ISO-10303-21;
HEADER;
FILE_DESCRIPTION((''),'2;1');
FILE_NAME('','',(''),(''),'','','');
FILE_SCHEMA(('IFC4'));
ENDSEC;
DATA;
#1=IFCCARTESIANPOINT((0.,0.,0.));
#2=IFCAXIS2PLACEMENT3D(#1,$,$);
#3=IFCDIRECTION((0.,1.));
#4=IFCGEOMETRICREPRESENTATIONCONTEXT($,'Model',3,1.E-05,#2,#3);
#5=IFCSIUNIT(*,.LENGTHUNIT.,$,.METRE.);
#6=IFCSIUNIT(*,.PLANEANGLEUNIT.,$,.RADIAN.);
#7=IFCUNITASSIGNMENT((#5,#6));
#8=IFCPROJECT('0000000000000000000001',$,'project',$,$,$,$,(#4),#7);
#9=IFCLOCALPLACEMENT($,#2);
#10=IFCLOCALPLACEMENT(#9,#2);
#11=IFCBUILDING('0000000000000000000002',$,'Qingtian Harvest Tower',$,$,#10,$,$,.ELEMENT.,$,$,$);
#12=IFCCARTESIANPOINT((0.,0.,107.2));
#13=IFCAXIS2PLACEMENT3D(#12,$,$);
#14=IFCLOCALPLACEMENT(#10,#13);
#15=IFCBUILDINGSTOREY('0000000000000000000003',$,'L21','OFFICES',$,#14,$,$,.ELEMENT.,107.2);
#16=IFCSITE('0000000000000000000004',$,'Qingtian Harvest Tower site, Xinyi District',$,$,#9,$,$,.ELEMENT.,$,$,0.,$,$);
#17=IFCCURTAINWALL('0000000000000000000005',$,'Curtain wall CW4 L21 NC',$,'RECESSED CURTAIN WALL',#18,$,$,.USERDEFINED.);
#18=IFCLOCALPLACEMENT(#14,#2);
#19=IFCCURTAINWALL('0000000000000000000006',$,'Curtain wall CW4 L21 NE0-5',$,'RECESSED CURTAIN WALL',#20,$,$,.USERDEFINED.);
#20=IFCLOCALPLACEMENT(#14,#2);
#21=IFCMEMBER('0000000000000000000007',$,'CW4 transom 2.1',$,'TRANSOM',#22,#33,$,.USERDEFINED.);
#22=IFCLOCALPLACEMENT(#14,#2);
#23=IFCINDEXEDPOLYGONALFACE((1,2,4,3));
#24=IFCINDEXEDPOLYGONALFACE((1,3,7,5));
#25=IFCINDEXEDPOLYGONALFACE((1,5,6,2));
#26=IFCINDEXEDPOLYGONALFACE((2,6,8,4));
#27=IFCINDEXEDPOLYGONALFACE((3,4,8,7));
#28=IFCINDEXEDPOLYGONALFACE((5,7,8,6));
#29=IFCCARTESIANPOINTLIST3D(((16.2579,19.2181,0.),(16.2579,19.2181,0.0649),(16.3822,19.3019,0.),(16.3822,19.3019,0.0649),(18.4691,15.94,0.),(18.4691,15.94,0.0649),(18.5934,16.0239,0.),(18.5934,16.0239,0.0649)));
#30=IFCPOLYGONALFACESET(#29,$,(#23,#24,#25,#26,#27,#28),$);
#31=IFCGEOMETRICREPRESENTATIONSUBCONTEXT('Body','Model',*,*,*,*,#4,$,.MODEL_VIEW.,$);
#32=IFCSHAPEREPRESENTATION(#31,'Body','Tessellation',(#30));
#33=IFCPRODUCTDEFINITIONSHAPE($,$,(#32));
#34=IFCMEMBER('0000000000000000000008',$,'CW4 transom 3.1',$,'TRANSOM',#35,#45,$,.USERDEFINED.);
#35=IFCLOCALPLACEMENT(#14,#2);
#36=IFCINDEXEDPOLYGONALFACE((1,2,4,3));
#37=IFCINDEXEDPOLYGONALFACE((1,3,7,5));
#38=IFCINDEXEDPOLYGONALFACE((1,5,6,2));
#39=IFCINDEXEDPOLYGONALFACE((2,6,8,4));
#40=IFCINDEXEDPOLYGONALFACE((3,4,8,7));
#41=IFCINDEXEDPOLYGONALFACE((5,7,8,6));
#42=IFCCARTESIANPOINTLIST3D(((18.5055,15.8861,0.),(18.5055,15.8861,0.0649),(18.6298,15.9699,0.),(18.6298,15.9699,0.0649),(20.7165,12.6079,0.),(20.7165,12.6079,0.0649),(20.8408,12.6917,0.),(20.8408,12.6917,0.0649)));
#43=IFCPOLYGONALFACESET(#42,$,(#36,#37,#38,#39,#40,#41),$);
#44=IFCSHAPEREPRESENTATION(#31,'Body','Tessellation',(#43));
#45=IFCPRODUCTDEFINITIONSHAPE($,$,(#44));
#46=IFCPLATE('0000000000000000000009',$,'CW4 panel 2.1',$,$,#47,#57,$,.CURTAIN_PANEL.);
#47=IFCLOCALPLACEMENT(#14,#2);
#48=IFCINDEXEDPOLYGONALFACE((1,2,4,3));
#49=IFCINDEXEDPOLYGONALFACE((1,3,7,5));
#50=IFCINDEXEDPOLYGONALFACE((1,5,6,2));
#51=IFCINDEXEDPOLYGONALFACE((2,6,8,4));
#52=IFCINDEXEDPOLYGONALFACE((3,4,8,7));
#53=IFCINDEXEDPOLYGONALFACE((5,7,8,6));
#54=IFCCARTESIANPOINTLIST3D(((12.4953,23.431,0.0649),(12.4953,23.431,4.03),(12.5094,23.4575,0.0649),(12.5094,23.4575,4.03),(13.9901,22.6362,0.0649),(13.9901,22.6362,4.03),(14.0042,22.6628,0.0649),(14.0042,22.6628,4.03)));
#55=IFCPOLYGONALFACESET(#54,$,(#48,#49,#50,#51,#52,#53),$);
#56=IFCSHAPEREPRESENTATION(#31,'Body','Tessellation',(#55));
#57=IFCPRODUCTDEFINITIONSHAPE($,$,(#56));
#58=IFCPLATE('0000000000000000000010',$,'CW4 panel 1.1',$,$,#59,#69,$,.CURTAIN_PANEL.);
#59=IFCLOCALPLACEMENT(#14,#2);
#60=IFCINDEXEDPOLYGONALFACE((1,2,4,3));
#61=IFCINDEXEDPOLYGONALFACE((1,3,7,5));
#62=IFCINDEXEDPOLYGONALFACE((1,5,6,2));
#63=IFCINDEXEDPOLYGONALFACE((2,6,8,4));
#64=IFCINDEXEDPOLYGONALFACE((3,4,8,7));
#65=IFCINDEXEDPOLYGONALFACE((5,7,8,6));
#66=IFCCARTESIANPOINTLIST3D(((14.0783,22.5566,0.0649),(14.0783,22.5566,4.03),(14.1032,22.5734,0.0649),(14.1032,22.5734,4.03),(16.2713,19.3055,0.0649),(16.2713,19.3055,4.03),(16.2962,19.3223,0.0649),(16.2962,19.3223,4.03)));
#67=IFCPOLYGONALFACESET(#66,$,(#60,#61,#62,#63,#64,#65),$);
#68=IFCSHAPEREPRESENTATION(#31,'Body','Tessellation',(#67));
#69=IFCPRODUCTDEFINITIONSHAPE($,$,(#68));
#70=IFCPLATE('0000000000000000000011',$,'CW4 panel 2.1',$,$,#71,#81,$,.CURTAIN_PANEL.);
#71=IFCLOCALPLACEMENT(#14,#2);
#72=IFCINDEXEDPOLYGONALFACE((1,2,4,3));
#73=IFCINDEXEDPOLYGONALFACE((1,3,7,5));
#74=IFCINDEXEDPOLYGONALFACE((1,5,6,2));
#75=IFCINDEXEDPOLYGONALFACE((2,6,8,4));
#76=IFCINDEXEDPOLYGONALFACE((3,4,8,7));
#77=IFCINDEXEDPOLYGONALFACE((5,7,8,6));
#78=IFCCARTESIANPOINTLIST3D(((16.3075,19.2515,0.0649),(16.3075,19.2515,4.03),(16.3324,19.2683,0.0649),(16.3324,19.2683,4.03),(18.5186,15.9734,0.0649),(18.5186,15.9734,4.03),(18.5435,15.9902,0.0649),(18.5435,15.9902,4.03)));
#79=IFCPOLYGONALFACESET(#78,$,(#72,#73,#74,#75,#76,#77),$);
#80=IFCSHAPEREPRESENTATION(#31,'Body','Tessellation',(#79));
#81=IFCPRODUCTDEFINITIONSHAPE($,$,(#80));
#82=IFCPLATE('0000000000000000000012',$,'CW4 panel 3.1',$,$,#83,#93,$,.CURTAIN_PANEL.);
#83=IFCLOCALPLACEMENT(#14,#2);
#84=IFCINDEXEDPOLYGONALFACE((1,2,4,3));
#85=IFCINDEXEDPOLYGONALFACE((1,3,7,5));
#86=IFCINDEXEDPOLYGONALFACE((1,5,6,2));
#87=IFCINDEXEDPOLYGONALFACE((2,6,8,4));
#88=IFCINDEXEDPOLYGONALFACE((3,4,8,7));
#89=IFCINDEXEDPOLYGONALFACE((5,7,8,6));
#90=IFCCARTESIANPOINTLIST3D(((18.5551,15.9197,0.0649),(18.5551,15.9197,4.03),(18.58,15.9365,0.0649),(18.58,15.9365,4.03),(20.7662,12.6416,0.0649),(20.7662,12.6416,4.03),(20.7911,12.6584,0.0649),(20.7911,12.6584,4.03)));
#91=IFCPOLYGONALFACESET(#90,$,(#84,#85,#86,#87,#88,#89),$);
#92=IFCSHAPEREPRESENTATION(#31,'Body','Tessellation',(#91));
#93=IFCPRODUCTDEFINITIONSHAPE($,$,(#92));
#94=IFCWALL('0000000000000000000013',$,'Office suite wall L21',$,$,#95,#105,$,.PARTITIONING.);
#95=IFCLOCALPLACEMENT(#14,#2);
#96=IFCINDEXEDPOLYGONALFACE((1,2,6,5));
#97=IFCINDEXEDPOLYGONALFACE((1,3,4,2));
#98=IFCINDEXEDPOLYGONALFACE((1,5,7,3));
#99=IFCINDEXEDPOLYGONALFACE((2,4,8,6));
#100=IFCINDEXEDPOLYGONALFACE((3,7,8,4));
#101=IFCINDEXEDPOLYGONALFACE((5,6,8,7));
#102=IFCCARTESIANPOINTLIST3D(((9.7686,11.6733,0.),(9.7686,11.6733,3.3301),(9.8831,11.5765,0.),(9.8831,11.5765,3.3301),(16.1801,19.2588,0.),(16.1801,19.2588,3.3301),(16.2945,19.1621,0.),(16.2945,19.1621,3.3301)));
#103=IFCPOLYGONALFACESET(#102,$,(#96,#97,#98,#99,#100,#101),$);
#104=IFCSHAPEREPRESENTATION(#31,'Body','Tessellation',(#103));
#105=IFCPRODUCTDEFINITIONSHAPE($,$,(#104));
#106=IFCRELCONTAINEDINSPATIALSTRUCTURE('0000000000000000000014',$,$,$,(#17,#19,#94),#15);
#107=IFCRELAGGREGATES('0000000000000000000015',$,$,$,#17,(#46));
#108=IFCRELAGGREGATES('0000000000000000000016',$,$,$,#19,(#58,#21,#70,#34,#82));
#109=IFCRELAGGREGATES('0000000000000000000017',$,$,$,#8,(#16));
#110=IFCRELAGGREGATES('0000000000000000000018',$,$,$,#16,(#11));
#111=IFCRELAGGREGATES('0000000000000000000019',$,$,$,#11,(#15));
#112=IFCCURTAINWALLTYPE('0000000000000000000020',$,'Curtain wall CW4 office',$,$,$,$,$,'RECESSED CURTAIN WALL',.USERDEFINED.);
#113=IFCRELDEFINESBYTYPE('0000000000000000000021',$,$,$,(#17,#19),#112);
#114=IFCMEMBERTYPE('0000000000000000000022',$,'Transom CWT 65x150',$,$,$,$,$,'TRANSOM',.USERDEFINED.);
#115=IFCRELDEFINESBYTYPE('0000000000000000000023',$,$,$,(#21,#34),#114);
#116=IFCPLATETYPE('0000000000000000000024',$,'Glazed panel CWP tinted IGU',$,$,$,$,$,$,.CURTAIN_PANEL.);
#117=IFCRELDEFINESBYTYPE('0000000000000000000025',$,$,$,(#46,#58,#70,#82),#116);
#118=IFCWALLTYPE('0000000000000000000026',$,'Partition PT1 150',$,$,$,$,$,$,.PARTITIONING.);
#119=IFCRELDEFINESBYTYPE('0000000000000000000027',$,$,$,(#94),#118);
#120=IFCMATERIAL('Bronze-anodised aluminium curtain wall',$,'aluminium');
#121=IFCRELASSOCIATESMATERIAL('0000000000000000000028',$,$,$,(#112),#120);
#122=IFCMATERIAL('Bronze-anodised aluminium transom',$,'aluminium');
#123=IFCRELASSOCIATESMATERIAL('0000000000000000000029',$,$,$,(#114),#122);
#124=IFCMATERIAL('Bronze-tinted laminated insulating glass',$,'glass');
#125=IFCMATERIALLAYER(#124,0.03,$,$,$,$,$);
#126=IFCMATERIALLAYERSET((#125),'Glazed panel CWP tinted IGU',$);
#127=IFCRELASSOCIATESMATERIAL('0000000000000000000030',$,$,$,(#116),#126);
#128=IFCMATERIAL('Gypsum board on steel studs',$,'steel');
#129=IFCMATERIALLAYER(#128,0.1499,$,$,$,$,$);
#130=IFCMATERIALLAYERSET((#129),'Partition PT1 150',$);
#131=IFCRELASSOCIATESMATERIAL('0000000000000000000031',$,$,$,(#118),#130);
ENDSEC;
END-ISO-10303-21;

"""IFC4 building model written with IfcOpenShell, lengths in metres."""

from ifc_helpers import new_model, si_unit, direction, frame, frame_2d, origin, origin_2d, place, context, subcontext, project, spatial, rectangle, extrude, material, layer, layer_set, material_profile, profile_set, type_object, element, aggregate, save


model = new_model("IFC4")

# Units and contexts
model_context = context("Model", 3, precision=1e-05, world=origin(), true_north=direction((0.0, 1.0)))
body_context = subcontext(model_context, "Body", "Model", "MODEL_VIEW")
ifc_project = project(units=[si_unit("LENGTHUNIT", "METRE"), si_unit("PLANEANGLEUNIT", "RADIAN")], contexts=[model_context])

# Site, building, storey
site_placement = place(None, origin())
site = spatial("IfcSite", under=ifc_project, at=site_placement, Name="Qingtian Harvest Tower site, Xinyi District", CompositionType="ELEMENT", RefElevation=0.0)
building_placement = place(site_placement, origin())
building = spatial("IfcBuilding", under=site, at=building_placement, Name="Qingtian Harvest Tower", CompositionType="ELEMENT")
storey_placement = place(building_placement, frame((0.0, 0.0, 107.2)))
storey = spatial("IfcBuildingStorey", under=building, at=storey_placement, Name="L21", Description="OFFICES", CompositionType="ELEMENT", Elevation=107.2)

# Curtain walls
ifc_material_1 = material(Name="Bronze-anodised aluminium curtain wall", Category="aluminium")
curtain_wall_type = type_object("IfcCurtainWallType", Name="Curtain wall CW4 office", ElementType="RECESSED CURTAIN WALL", PredefinedType="USERDEFINED", material=ifc_material_1)
curtain_wall_1_placement = place(storey_placement, origin())
curtain_wall_1 = element("IfcCurtainWall", 1, at=curtain_wall_1_placement, inside=storey, type_object=curtain_wall_type, Name="Curtain wall CW4 L21 NC", ObjectType="RECESSED CURTAIN WALL", PredefinedType="USERDEFINED")
curtain_wall_2_placement = place(storey_placement, origin())
curtain_wall_2 = element("IfcCurtainWall", 2, at=curtain_wall_2_placement, inside=storey, type_object=curtain_wall_type, Name="Curtain wall CW4 L21 NE0-5", ObjectType="RECESSED CURTAIN WALL", PredefinedType="USERDEFINED")

# Members
ifc_material_2 = material(Name="Bronze-anodised aluminium transom", Category="aluminium")
ifc_material_profile_1 = material_profile(ifc_material_2, rectangle(XDim=0.1499, YDim=0.0649, at=origin_2d()), Name="AL 65x150")
ifc_profile_set_1 = profile_set([ifc_material_profile_1], Name="Bronze-anodised aluminium transom")
member_type_1 = type_object("IfcMemberType", Name="Transom CWT 65x150", ElementType="TRANSOM", PredefinedType="USERDEFINED", material=ifc_profile_set_1)
member_1_placement = place(storey_placement, frame((16.3201, 19.26, 0.0325), z_axis=(0.559209, -0.829027, 0.0), x_axis=(0.829027, 0.559209, 0.0)))
member_1 = element("IfcMember", 3, at=member_1_placement, type_object=member_type_1, Name="CW4 transom 2.1", ObjectType="TRANSOM", PredefinedType="USERDEFINED", context=body_context, shape_type="SweptSolid", body=[
    extrude(rectangle(XDim=0.1499, YDim=0.0649, at=origin_2d()), origin(), (0.0, 0.0, 1.0), 3.9541),
])
member_2_placement = place(storey_placement, frame((18.5676, 15.928, 0.0325), z_axis=(0.559166, -0.829055, 0.0), x_axis=(0.829055, 0.559166, 0.0)))
member_2 = element("IfcMember", 4, at=member_2_placement, type_object=member_type_1, Name="CW4 transom 3.1", ObjectType="TRANSOM", PredefinedType="USERDEFINED", context=body_context, shape_type="SweptSolid", body=[
    extrude(rectangle(XDim=0.1499, YDim=0.0649, at=origin_2d()), origin(), (0.0, 0.0, 1.0), 3.9541),
])

# Plates
ifc_material_3 = material(Name="Bronze-tinted laminated insulating glass", Category="glass")
ifc_layer_1 = layer(ifc_material_3, 0.03)
ifc_layer_set_1 = layer_set([ifc_layer_1], Name="Glazed panel CWP tinted IGU")
plate_type = type_object("IfcPlateType", Name="Glazed panel CWP tinted IGU", PredefinedType="CURTAIN_PANEL", material=ifc_layer_set_1)
plate_1_placement = place(storey_placement, frame((13.2498, 23.0469, 0.0649), z_axis=(0.0, 0.0, 1.0), x_axis=(0.882948, -0.469472, 0.0)))
plate_1 = element("IfcPlate", 5, at=plate_1_placement, type_object=plate_type, Name="CW4 panel 2.1", PredefinedType="CURTAIN_PANEL", context=body_context, shape_type="SweptSolid", body=[
    extrude(rectangle(XDim=1.6929, YDim=0.03, at=origin_2d()), origin(), (0.0, 0.0, 1.0), 3.9651),
])
aggregate(curtain_wall_1, [plate_1])
plate_2_placement = place(storey_placement, frame((15.1873, 20.9395, 0.0649), z_axis=(0.0, 0.0, 1.0), x_axis=(0.559193, -0.829038, 0.0)))
plate_2 = element("IfcPlate", 6, at=plate_2_placement, type_object=plate_type, Name="CW4 panel 1.1", PredefinedType="CURTAIN_PANEL", context=body_context, shape_type="SweptSolid", body=[
    extrude(rectangle(XDim=3.9216, YDim=0.03, at=origin_2d()), origin(), (0.0, 0.0, 1.0), 3.9651),
])
plate_3_placement = place(storey_placement, frame((17.4255, 17.6208, 0.0649), z_axis=(0.0, 0.0, 1.0), x_axis=(0.559193, -0.829038, 0.0)))
plate_3 = element("IfcPlate", 7, at=plate_3_placement, type_object=plate_type, Name="CW4 panel 2.1", PredefinedType="CURTAIN_PANEL", context=body_context, shape_type="SweptSolid", body=[
    extrude(rectangle(XDim=3.9541, YDim=0.03, at=origin_2d()), origin(), (0.0, 0.0, 1.0), 3.9651),
])
plate_4_placement = place(storey_placement, frame((19.6731, 14.2891, 0.0649), z_axis=(0.0, 0.0, 1.0), x_axis=(0.559193, -0.829038, 0.0)))
plate_4 = element("IfcPlate", 8, at=plate_4_placement, type_object=plate_type, Name="CW4 panel 3.1", PredefinedType="CURTAIN_PANEL", context=body_context, shape_type="SweptSolid", body=[
    extrude(rectangle(XDim=3.9541, YDim=0.03, at=origin_2d()), origin(), (0.0, 0.0, 1.0), 3.9651),
])
aggregate(curtain_wall_2, [plate_2, member_1, plate_3, member_2, plate_4])

# Wall
ifc_material_4 = material(Name="Gypsum board on steel studs", Category="steel")
ifc_layer_2 = layer(ifc_material_4, 0.1499)
ifc_layer_set_2 = layer_set([ifc_layer_2], Name="Partition PT1 150")
wall_type = type_object("IfcWallType", Name="Partition PT1 150", PredefinedType="PARTITIONING", material=ifc_layer_set_2)
wall_placement = place(storey_placement, frame((16.2373, 19.2104, 0.0), z_axis=(0.0, 0.0, 1.0), x_axis=(-0.645527, -0.763738, 0.0)))
element("IfcWall", 9, at=wall_placement, inside=storey, type_object=wall_type, Name="Office suite wall L21", PredefinedType="PARTITIONING", context=body_context, shape_type="SweptSolid", body=[
    extrude(rectangle(XDim=9.9321, YDim=0.1499, at=frame_2d((4.9661, 0.0))), origin(), (0.0, 0.0, 1.0), 3.3301),
])

save(model, "model.ifc")
